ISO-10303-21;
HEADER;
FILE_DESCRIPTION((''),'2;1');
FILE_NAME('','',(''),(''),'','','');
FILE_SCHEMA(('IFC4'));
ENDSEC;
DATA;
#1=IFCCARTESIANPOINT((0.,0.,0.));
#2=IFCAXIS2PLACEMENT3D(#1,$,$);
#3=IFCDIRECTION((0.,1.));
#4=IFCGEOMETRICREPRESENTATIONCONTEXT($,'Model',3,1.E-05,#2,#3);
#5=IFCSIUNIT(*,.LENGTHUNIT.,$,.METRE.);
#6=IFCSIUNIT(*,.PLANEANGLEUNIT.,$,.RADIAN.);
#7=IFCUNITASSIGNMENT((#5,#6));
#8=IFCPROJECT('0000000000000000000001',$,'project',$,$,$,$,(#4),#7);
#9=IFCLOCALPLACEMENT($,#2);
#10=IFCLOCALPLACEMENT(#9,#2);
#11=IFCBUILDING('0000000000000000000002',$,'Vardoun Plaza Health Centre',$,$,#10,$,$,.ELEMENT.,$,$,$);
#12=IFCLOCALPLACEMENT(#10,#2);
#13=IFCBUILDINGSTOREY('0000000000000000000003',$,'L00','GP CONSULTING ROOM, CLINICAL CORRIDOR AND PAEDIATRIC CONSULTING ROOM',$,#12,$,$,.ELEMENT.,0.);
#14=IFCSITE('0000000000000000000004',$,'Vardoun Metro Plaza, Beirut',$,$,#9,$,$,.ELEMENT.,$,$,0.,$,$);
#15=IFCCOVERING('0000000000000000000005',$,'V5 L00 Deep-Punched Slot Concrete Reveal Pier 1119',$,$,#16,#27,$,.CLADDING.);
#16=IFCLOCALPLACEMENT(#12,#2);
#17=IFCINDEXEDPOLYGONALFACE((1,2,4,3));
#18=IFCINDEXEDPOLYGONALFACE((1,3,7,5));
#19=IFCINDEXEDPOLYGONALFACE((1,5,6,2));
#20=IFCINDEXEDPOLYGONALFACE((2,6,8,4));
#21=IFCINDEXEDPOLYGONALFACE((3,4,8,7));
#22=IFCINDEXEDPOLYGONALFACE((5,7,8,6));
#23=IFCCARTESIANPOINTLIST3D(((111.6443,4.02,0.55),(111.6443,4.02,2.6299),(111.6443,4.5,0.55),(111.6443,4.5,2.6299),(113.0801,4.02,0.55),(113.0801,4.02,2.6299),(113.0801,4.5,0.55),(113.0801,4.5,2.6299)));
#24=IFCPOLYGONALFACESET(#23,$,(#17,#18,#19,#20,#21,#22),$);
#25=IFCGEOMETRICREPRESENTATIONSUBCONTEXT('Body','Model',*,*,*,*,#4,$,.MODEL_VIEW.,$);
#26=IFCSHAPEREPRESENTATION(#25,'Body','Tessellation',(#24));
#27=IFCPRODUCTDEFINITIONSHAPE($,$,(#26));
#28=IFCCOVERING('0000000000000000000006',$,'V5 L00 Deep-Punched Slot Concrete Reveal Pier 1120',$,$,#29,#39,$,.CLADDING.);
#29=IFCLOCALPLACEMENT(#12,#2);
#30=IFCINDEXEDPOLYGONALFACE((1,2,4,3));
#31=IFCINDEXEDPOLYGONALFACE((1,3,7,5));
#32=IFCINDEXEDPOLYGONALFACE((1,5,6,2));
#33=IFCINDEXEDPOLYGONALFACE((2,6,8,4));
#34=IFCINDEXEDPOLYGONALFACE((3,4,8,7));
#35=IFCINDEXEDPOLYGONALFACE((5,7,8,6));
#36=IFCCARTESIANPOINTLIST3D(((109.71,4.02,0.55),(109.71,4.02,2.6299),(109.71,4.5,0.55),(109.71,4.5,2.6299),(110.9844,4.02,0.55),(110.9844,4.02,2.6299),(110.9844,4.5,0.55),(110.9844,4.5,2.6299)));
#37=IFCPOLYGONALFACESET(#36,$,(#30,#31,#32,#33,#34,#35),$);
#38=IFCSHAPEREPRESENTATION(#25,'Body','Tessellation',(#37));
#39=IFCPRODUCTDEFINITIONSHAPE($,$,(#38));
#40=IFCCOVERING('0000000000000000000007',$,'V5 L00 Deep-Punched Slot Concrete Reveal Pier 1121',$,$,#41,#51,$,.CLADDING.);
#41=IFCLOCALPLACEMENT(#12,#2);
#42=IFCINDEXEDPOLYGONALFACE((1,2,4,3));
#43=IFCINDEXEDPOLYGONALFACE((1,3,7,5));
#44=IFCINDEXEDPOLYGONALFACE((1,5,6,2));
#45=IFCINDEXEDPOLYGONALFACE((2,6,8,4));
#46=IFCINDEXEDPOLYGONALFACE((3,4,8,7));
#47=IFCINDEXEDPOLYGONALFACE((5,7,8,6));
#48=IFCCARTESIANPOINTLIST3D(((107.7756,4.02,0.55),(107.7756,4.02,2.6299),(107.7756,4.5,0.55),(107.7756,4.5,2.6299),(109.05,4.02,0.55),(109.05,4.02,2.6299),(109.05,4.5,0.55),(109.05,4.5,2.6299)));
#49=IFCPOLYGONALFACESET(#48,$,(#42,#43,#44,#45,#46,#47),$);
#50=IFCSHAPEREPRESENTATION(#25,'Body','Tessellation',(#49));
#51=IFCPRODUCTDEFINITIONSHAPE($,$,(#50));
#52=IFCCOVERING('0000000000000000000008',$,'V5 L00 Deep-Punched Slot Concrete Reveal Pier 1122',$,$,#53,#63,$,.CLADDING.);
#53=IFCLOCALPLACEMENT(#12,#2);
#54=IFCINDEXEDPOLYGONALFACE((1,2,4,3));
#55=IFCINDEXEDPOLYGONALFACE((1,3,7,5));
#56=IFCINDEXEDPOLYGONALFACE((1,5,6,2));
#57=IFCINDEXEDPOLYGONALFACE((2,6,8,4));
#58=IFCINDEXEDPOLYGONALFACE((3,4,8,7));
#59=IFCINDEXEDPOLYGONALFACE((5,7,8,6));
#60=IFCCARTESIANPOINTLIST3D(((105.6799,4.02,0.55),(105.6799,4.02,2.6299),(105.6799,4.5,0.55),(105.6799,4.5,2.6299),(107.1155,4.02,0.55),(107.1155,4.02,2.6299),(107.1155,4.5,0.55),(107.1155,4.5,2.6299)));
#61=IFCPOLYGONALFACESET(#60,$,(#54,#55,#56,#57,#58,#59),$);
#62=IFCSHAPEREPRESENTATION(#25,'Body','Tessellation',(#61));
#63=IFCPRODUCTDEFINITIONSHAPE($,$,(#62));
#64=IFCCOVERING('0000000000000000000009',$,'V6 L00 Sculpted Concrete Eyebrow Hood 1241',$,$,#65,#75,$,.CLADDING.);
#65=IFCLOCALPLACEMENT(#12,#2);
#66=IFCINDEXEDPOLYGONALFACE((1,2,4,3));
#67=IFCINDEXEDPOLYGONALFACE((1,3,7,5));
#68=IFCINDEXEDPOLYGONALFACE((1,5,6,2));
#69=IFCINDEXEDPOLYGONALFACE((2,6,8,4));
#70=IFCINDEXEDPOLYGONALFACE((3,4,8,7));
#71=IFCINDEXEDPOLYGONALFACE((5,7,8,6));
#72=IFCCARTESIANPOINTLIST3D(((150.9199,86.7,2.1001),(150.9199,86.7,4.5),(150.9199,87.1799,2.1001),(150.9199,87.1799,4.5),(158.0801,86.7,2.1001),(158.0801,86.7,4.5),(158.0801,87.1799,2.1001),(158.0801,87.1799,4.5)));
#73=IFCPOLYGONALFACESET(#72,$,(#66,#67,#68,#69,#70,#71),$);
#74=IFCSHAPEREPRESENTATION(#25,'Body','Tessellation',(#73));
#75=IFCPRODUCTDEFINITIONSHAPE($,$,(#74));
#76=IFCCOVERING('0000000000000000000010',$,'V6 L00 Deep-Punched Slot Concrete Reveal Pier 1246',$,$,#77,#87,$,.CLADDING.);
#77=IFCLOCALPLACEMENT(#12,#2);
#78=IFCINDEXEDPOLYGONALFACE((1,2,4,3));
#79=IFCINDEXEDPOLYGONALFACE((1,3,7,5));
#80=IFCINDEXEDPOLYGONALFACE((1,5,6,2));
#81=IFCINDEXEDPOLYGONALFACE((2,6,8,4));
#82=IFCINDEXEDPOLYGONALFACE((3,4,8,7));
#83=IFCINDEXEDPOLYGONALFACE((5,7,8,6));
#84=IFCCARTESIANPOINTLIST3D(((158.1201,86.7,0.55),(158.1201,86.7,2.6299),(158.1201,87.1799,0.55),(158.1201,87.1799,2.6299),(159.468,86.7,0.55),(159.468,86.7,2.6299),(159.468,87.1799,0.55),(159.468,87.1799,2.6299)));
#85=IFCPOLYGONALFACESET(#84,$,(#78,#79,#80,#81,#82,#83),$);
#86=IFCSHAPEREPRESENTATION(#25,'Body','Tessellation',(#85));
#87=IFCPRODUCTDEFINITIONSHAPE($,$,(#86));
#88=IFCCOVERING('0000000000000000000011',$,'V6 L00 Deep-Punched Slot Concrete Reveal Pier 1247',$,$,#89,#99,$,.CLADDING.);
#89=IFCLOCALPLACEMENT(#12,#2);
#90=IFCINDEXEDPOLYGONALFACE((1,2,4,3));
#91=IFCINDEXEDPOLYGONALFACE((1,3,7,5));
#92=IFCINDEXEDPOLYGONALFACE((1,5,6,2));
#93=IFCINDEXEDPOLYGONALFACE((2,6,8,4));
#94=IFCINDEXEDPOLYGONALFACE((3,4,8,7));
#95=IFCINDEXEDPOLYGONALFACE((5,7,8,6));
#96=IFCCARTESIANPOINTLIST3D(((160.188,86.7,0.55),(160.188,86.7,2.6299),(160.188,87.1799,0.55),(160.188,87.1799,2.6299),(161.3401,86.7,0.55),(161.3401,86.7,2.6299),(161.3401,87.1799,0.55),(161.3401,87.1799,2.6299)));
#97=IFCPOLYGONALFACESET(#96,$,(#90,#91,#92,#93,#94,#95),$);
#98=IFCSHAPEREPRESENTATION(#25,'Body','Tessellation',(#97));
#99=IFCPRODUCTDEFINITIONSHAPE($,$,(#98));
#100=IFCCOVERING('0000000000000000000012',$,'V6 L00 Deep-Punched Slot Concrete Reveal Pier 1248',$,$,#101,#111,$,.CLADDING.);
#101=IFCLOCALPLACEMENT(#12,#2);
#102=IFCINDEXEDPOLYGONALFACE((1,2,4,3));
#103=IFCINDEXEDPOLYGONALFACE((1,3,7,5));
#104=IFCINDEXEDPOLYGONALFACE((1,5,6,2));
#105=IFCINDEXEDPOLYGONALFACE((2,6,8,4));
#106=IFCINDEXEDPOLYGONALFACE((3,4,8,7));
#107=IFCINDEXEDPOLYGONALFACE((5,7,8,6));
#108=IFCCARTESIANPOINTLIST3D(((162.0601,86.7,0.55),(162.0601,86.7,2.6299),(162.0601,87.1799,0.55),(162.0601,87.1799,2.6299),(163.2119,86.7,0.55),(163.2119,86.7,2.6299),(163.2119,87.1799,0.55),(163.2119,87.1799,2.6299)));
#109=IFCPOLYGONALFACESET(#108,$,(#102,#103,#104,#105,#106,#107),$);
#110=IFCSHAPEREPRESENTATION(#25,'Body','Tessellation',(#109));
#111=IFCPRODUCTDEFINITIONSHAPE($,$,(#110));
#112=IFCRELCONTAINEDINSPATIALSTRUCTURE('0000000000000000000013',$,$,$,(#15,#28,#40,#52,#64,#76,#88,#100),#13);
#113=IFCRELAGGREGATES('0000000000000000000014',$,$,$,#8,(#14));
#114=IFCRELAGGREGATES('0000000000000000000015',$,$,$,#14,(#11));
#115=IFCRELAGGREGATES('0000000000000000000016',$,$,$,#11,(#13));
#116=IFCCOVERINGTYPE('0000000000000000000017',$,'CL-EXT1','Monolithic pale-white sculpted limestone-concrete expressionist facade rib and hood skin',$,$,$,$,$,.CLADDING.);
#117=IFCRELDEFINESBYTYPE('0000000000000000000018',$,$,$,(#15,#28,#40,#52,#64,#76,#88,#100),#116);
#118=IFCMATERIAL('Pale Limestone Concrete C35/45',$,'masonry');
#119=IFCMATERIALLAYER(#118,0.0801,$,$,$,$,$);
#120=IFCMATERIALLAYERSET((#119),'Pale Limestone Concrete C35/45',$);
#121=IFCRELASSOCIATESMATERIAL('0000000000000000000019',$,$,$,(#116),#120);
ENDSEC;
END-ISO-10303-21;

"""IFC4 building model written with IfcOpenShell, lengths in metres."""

from ifc_helpers import new_model, si_unit, direction, frame, origin, place, context, subcontext, project, spatial, polyline, outline, extrude, material, layer, layer_set, type_object, element, save


model = new_model("IFC4")

# Units and contexts
model_context = context("Model", 3, precision=1e-05, world=origin(), true_north=direction((0.0, 1.0)))
body_context = subcontext(model_context, "Body", "Model", "MODEL_VIEW")
ifc_project = project(units=[si_unit("LENGTHUNIT", "METRE"), si_unit("PLANEANGLEUNIT", "RADIAN")], contexts=[model_context])

# Site, building, storey
site_placement = place(None, origin())
site = spatial("IfcSite", under=ifc_project, at=site_placement, Name="Vardoun Metro Plaza, Beirut", CompositionType="ELEMENT", RefElevation=0.0)
building_placement = place(site_placement, origin())
building = spatial("IfcBuilding", under=site, at=building_placement, Name="Vardoun Plaza Health Centre", CompositionType="ELEMENT")
storey_placement = place(building_placement, origin())
storey = spatial("IfcBuildingStorey", under=building, at=storey_placement, Name="L00", Description="GP CONSULTING ROOM, CLINICAL CORRIDOR AND PAEDIATRIC CONSULTING ROOM", CompositionType="ELEMENT", Elevation=0.0)

# Coverings
ifc_material = material(Name="Pale Limestone Concrete C35/45", Category="masonry")
ifc_layer = layer(ifc_material, 0.0801)
ifc_layer_set = layer_set([ifc_layer], Name="Pale Limestone Concrete C35/45")
covering_type = type_object("IfcCoveringType", Name="CL-EXT1", Description="Monolithic pale-white sculpted limestone-concrete expressionist facade rib and hood skin", PredefinedType="CLADDING", material=ifc_layer_set)
covering_1_placement = place(storey_placement, frame((0.0, 0.0, 0.55)))
element("IfcCovering", 1, at=covering_1_placement, inside=storey, type_object=covering_type, Name="V5 L00 Deep-Punched Slot Concrete Reveal Pier 1119", PredefinedType="CLADDING", context=body_context, shape_type="SweptSolid", body=[
    extrude(outline(polyline([(113.0801, 4.5), (111.6443, 4.5), (111.6443, 4.02), (113.0801, 4.02), (113.0801, 4.5)])), origin(), (0.0, 0.0, 1.0), 2.0798),
])
covering_2_placement = place(storey_placement, frame((0.0, 0.0, 0.55)))
element("IfcCovering", 2, at=covering_2_placement, inside=storey, type_object=covering_type, Name="V5 L00 Deep-Punched Slot Concrete Reveal Pier 1120", PredefinedType="CLADDING", context=body_context, shape_type="SweptSolid", body=[
    extrude(outline(polyline([(110.9844, 4.5), (109.71, 4.5), (109.71, 4.02), (110.9844, 4.02), (110.9844, 4.5)])), origin(), (0.0, 0.0, 1.0), 2.0798),
])
covering_3_placement = place(storey_placement, frame((0.0, 0.0, 0.55)))
element("IfcCovering", 3, at=covering_3_placement, inside=storey, type_object=covering_type, Name="V5 L00 Deep-Punched Slot Concrete Reveal Pier 1121", PredefinedType="CLADDING", context=body_context, shape_type="SweptSolid", body=[
    extrude(outline(polyline([(109.05, 4.5), (107.7756, 4.5), (107.7756, 4.02), (109.05, 4.02), (109.05, 4.5)])), origin(), (0.0, 0.0, 1.0), 2.0798),
])
covering_4_placement = place(storey_placement, frame((0.0, 0.0, 0.55)))
element("IfcCovering", 4, at=covering_4_placement, inside=storey, type_object=covering_type, Name="V5 L00 Deep-Punched Slot Concrete Reveal Pier 1122", PredefinedType="CLADDING", context=body_context, shape_type="SweptSolid", body=[
    extrude(outline(polyline([(107.1155, 4.5), (105.6799, 4.5), (105.6799, 4.02), (107.1155, 4.02), (107.1155, 4.5)])), origin(), (0.0, 0.0, 1.0), 2.0798),
])
covering_5_placement = place(storey_placement, frame((0.0, 0.0, 2.1001)))
element("IfcCovering", 5, at=covering_5_placement, inside=storey, type_object=covering_type, Name="V6 L00 Sculpted Concrete Eyebrow Hood 1241", PredefinedType="CLADDING", context=body_context, shape_type="SweptSolid", body=[
    extrude(outline(polyline([(150.9199, 86.7), (158.0801, 86.7), (158.0801, 87.1799), (150.9199, 87.1799), (150.9199, 86.7)])), origin(), (0.0, 0.0, 1.0), 2.3999),
])
covering_6_placement = place(storey_placement, frame((0.0, 0.0, 0.55)))
element("IfcCovering", 6, at=covering_6_placement, inside=storey, type_object=covering_type, Name="V6 L00 Deep-Punched Slot Concrete Reveal Pier 1246", PredefinedType="CLADDING", context=body_context, shape_type="SweptSolid", body=[
    extrude(outline(polyline([(158.1201, 86.7), (159.468, 86.7), (159.468, 87.1799), (158.1201, 87.1799), (158.1201, 86.7)])), origin(), (0.0, 0.0, 1.0), 2.0798),
])
covering_7_placement = place(storey_placement, frame((0.0, 0.0, 0.55)))
element("IfcCovering", 7, at=covering_7_placement, inside=storey, type_object=covering_type, Name="V6 L00 Deep-Punched Slot Concrete Reveal Pier 1247", PredefinedType="CLADDING", context=body_context, shape_type="SweptSolid", body=[
    extrude(outline(polyline([(160.188, 86.7), (161.3401, 86.7), (161.3401, 87.1799), (160.188, 87.1799), (160.188, 86.7)])), origin(), (0.0, 0.0, 1.0), 2.0798),
])
covering_8_placement = place(storey_placement, frame((0.0, 0.0, 0.55)))
element("IfcCovering", 8, at=covering_8_placement, inside=storey, type_object=covering_type, Name="V6 L00 Deep-Punched Slot Concrete Reveal Pier 1248", PredefinedType="CLADDING", context=body_context, shape_type="SweptSolid", body=[
    extrude(outline(polyline([(162.0601, 86.7), (163.2119, 86.7), (163.2119, 87.1799), (162.0601, 87.1799), (162.0601, 86.7)])), origin(), (0.0, 0.0, 1.0), 2.0798),
])

save(model, "model.ifc")
